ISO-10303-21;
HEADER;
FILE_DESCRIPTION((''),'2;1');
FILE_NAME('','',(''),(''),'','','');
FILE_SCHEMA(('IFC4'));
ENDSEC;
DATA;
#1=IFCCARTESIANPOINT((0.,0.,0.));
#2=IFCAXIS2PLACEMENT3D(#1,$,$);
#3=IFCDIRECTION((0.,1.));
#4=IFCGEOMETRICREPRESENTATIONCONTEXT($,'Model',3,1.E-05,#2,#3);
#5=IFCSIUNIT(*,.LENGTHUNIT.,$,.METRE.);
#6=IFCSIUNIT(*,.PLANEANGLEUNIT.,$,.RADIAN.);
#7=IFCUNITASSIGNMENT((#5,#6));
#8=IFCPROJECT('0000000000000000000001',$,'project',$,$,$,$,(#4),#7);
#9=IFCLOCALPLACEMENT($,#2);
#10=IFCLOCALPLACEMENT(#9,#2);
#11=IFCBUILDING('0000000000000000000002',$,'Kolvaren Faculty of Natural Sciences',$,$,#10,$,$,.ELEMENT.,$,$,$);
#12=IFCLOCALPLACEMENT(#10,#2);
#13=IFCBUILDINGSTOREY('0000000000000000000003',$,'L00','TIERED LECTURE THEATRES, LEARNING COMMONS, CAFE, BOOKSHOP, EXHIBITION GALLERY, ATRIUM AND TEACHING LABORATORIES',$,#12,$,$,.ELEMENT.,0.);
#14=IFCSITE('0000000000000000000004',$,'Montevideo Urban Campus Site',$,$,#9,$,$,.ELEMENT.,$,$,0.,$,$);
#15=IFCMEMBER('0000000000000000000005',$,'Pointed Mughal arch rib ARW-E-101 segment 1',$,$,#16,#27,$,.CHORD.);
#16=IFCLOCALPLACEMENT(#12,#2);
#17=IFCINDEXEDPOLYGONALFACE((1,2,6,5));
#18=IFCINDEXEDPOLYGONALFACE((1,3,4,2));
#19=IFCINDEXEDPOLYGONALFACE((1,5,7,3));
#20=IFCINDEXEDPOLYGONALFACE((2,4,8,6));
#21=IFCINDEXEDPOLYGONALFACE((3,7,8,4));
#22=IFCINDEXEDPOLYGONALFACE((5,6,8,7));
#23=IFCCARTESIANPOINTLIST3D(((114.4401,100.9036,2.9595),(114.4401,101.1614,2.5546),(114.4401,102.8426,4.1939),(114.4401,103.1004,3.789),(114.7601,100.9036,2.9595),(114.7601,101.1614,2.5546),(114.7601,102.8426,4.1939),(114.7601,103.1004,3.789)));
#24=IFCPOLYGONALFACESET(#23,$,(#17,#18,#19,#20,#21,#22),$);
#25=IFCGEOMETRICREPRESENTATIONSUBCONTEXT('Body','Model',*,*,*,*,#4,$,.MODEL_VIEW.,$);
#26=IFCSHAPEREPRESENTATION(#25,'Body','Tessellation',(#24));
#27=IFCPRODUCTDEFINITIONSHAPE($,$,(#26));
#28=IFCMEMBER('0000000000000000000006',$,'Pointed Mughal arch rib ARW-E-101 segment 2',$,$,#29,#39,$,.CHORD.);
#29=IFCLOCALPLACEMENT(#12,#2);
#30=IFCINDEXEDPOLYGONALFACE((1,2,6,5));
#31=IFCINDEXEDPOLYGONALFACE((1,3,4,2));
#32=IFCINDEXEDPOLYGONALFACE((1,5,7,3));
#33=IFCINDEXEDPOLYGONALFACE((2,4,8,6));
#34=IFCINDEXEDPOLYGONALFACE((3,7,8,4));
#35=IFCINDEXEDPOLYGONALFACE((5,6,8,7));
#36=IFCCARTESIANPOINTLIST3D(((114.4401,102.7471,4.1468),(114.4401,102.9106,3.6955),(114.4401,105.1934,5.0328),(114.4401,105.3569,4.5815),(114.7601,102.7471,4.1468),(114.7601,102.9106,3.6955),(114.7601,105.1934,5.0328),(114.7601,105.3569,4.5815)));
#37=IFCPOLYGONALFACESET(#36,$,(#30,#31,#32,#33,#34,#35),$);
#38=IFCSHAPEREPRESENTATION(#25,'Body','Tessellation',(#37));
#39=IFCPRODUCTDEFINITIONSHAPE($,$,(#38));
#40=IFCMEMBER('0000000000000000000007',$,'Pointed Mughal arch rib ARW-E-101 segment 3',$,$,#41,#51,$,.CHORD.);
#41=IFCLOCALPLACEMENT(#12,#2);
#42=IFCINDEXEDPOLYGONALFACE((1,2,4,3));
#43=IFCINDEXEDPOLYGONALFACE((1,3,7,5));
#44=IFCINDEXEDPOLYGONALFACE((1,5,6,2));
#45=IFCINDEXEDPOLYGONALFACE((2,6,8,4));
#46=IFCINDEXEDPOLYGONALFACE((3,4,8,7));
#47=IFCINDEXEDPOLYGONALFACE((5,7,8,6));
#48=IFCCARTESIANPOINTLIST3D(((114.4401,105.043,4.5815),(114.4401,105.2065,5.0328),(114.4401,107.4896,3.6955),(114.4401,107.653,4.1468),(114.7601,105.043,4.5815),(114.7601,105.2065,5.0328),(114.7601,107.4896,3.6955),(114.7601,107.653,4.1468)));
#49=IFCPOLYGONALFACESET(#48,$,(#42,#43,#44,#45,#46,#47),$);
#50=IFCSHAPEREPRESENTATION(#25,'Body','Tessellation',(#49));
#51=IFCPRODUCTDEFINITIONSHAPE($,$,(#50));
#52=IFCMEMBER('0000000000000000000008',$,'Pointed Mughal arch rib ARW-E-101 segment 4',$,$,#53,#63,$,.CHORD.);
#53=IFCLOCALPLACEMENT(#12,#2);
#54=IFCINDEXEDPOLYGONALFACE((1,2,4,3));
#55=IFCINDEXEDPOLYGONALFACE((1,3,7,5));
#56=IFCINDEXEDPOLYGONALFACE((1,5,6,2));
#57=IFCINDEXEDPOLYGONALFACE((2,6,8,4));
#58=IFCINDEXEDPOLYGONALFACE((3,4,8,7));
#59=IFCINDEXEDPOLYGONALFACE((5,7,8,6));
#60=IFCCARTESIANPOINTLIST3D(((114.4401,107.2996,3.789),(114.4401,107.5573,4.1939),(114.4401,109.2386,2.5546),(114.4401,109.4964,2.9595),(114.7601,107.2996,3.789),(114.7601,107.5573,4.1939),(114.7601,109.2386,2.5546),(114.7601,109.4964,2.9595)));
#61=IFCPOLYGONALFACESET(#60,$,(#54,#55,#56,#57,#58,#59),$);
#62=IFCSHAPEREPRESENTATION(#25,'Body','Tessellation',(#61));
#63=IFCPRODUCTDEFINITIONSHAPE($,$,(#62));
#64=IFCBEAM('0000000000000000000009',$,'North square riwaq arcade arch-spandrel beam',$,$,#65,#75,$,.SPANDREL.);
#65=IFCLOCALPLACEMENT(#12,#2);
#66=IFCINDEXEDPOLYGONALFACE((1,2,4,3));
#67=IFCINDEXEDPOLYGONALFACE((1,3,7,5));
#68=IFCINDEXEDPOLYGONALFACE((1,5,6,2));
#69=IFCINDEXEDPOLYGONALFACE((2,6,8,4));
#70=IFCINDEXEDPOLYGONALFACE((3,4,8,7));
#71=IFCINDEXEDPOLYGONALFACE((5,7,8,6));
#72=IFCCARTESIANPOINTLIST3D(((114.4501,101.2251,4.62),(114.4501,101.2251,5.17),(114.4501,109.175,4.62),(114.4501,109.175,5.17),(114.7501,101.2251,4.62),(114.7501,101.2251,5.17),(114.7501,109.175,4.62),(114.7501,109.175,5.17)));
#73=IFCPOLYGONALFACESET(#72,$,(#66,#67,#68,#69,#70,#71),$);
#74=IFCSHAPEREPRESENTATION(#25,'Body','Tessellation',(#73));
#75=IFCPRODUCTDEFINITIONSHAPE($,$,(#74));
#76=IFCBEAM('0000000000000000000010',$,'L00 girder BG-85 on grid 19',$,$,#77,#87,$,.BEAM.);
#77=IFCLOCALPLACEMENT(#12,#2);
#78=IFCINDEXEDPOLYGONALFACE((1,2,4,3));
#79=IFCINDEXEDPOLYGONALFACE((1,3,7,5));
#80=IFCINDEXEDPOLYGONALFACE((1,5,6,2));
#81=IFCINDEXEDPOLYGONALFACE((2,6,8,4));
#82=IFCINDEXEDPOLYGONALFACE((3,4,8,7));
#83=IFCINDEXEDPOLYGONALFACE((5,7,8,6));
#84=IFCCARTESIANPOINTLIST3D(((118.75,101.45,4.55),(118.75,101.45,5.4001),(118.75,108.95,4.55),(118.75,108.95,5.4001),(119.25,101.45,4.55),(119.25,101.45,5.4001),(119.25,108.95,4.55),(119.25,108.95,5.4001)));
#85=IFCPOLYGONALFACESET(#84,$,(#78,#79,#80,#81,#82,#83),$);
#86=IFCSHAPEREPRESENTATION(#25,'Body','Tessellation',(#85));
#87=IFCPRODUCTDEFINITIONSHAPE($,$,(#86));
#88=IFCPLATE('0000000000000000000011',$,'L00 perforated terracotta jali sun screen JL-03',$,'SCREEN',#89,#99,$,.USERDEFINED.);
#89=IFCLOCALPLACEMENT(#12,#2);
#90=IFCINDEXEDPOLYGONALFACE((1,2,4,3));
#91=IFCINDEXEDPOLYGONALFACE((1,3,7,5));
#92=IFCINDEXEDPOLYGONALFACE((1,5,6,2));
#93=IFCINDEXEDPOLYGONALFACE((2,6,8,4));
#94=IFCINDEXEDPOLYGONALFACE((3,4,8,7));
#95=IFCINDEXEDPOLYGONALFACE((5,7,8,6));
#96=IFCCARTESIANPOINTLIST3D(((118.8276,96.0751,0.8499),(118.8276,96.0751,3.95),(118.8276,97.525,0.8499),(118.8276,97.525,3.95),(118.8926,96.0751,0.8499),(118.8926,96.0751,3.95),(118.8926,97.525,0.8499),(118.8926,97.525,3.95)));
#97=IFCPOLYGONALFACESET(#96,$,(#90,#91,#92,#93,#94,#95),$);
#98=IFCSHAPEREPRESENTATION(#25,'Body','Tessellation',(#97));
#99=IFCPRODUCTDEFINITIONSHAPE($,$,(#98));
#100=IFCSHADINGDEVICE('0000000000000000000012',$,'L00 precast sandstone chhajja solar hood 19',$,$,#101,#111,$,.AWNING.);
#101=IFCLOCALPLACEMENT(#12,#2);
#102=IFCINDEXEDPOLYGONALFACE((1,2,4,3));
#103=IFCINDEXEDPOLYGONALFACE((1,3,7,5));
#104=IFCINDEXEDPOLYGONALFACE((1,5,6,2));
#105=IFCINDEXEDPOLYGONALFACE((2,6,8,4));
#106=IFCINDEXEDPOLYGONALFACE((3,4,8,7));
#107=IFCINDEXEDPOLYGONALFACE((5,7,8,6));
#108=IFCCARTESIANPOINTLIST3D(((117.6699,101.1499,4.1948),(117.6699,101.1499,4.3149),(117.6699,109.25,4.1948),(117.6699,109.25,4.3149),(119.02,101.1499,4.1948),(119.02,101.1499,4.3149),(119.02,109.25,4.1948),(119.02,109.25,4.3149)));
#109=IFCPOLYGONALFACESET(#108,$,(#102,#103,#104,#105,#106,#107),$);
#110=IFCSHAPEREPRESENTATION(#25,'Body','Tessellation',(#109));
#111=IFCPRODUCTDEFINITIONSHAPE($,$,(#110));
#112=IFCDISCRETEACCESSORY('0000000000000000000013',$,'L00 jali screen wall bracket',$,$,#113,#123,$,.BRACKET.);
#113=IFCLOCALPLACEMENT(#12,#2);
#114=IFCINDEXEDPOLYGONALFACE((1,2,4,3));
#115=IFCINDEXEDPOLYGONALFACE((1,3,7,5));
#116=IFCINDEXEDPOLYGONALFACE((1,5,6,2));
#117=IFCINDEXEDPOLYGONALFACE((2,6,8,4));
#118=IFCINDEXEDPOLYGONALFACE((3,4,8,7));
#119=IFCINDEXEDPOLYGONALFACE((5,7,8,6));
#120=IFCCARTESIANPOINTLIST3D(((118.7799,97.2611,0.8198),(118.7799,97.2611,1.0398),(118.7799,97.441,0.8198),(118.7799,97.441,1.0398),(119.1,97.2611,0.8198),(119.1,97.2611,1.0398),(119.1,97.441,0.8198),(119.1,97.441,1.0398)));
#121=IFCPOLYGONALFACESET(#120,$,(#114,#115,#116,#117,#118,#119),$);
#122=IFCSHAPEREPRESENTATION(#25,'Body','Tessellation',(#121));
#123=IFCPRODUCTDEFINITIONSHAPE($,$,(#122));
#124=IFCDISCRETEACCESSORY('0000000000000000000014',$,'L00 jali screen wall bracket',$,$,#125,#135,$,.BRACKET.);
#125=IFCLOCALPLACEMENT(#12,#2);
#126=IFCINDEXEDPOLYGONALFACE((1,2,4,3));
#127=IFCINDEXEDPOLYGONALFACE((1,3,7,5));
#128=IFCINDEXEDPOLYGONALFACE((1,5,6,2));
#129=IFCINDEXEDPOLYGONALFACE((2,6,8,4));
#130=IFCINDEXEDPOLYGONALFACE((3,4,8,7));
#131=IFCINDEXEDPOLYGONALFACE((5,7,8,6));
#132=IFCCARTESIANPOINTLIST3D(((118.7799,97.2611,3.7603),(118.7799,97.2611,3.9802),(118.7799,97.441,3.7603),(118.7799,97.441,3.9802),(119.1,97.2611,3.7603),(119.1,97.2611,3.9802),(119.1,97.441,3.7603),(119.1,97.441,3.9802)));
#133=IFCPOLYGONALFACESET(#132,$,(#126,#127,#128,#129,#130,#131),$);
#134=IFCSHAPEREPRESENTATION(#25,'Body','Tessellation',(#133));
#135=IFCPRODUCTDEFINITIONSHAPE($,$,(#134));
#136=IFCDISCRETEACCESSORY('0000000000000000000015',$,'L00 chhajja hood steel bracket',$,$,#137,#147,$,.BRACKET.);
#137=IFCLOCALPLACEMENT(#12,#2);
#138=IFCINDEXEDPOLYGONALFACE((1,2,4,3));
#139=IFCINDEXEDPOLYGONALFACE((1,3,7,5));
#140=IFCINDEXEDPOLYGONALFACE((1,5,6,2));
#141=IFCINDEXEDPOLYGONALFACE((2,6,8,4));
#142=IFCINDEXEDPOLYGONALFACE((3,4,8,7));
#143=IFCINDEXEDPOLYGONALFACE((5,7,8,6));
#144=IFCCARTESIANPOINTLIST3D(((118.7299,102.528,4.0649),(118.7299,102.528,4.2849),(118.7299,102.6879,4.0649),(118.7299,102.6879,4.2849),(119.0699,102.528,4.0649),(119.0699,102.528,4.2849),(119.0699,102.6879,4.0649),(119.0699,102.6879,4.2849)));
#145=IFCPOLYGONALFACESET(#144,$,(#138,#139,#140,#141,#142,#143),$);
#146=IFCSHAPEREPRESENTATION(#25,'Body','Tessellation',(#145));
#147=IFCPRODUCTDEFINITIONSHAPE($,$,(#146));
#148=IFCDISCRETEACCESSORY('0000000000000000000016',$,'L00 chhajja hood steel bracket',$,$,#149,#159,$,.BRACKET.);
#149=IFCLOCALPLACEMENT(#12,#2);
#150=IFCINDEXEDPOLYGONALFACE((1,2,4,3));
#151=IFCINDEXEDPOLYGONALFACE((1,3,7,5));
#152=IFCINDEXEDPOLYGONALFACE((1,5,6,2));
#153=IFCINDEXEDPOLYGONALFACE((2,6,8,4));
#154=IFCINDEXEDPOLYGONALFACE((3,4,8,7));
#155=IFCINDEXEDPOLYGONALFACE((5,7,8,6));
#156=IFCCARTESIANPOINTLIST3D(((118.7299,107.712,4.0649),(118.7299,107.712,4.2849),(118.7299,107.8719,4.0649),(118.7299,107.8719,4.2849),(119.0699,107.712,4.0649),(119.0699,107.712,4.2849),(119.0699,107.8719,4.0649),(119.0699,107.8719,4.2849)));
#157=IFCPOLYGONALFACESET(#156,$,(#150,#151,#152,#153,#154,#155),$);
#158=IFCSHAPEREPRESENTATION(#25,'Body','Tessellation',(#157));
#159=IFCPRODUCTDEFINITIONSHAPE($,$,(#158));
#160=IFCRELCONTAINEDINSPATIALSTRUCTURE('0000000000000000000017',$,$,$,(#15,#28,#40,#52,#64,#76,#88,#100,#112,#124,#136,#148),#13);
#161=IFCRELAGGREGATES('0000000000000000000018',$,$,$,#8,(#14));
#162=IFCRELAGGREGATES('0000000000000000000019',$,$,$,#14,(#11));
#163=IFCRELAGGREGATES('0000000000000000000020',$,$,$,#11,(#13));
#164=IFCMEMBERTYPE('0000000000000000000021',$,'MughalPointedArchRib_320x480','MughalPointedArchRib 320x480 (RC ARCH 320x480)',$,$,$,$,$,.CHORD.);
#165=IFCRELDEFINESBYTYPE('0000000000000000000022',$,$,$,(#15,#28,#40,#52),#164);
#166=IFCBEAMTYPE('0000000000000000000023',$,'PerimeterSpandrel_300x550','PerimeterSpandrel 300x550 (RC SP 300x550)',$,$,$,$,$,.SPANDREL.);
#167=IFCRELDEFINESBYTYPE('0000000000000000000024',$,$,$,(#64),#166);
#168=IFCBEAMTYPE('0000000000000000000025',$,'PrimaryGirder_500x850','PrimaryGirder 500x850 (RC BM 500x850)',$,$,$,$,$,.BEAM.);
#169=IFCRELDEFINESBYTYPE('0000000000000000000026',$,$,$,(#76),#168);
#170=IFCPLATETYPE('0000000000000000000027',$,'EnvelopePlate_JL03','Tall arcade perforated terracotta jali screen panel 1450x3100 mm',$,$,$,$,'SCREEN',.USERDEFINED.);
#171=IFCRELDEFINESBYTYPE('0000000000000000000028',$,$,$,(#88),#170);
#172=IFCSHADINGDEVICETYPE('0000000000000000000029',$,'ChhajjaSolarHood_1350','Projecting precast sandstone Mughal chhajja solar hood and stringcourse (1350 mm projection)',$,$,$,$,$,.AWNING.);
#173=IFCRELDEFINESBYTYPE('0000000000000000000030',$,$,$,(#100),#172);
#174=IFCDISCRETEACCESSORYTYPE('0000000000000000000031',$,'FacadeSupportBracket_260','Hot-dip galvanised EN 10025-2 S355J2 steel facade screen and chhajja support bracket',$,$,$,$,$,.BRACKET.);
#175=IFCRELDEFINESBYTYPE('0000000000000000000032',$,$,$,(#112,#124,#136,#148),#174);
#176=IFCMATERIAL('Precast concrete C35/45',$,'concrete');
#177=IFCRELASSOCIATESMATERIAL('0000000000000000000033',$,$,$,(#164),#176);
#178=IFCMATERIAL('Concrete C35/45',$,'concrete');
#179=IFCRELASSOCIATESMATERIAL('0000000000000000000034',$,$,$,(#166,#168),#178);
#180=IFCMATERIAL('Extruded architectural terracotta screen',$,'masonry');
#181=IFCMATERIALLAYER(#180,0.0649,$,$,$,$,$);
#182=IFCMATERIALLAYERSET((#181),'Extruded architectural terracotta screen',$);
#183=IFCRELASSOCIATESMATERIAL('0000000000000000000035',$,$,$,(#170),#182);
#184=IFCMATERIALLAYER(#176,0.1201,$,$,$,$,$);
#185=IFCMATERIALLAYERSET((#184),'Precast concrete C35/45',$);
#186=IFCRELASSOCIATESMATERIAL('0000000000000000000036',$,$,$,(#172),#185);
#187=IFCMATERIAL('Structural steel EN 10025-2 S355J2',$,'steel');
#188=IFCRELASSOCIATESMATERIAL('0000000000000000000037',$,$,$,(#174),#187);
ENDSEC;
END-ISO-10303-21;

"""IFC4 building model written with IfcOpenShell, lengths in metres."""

from ifc_helpers import new_model, si_unit, direction, frame, origin, origin_2d, place, context, subcontext, project, spatial, rectangle, extrude, material, layer, layer_set, material_profile, profile_set, type_object, element, save


model = new_model("IFC4")

# Units and contexts
model_context = context("Model", 3, precision=1e-05, world=origin(), true_north=direction((0.0, 1.0)))
body_context = subcontext(model_context, "Body", "Model", "MODEL_VIEW")
ifc_project = project(units=[si_unit("LENGTHUNIT", "METRE"), si_unit("PLANEANGLEUNIT", "RADIAN")], contexts=[model_context])

# Site, building, storey
site_placement = place(None, origin())
site = spatial("IfcSite", under=ifc_project, at=site_placement, Name="Montevideo Urban Campus Site", CompositionType="ELEMENT", RefElevation=0.0)
building_placement = place(site_placement, origin())
building = spatial("IfcBuilding", under=site, at=building_placement, Name="Kolvaren Faculty of Natural Sciences", CompositionType="ELEMENT")
storey_placement = place(building_placement, origin())
storey = spatial("IfcBuildingStorey", under=building, at=storey_placement, Name="L00", Description="TIERED LECTURE THEATRES, LEARNING COMMONS, CAFE, BOOKSHOP, EXHIBITION GALLERY, ATRIUM AND TEACHING LABORATORIES", CompositionType="ELEMENT", Elevation=0.0)

# Shared definitions
ifc_material_1 = material(Name="Concrete C35/45", Category="concrete")

# Members
ifc_material_2 = material(Name="Precast concrete C35/45", Category="concrete")
ifc_material_profile_1 = material_profile(ifc_material_2, rectangle(XDim=0.3201, YDim=0.48, at=origin_2d()), Name="RC ARCH 320x480")
ifc_profile_set_1 = profile_set([ifc_material_profile_1], Name="Precast concrete C35/45")
member_type = type_object("IfcMemberType", Name="MughalPointedArchRib_320x480", Description="MughalPointedArchRib 320x480 (RC ARCH 320x480)", PredefinedType="CHORD", material=ifc_profile_set_1)
for number, where, z_axis, x_axis, name in (
    (1, (114.6001, 101.0325, 2.7571), (0.0, 0.843565, 0.537027), (-1.0, 0.0, 0.0), "Pointed Mughal arch rib ARW-E-101 segment 1"),
):
    element("IfcMember", number, at=place(storey_placement, frame(where, z_axis=z_axis, x_axis=x_axis)), inside=storey, type_object=member_type, Name=name, PredefinedType="CHORD", context=body_context, shape_type="SweptSolid", body=[
        extrude(rectangle(XDim=0.3201, YDim=0.48, at=origin_2d()), origin(), (0.0, 0.0, 1.0), 2.2986),
    ])
member_1_placement = place(storey_placement, frame((114.6001, 102.8289, 3.9211), z_axis=(0.0, 0.940234, 0.34053), x_axis=(-1.0, 0.0, 0.0)))
element("IfcMember", 2, at=member_1_placement, inside=storey, type_object=member_type, Name="Pointed Mughal arch rib ARW-E-101 segment 2", PredefinedType="CHORD", context=body_context, shape_type="SweptSolid", body=[
    extrude(rectangle(XDim=0.3201, YDim=0.48, at=origin_2d()), origin(), (0.0, 0.0, 1.0), 2.6018),
])
member_2_placement = place(storey_placement, frame((114.6001, 105.1248, 4.8071), z_axis=(0.0, 0.940245, -0.3405), x_axis=(-1.0, 0.0, 0.0)))
element("IfcMember", 3, at=member_2_placement, inside=storey, type_object=member_type, Name="Pointed Mughal arch rib ARW-E-101 segment 3", PredefinedType="CHORD", context=body_context, shape_type="SweptSolid", body=[
    extrude(rectangle(XDim=0.3201, YDim=0.48, at=origin_2d()), origin(), (0.0, 0.0, 1.0), 2.6021),
])
member_3_placement = place(storey_placement, frame((114.6001, 107.4285, 3.9915), z_axis=(0.0, 0.843565, -0.537027), x_axis=(-1.0, 0.0, 0.0)))
element("IfcMember", 4, at=member_3_placement, inside=storey, type_object=member_type, Name="Pointed Mughal arch rib ARW-E-101 segment 4", PredefinedType="CHORD", context=body_context, shape_type="SweptSolid", body=[
    extrude(rectangle(XDim=0.3201, YDim=0.48, at=origin_2d()), origin(), (0.0, 0.0, 1.0), 2.2986),
])

# Beams
ifc_material_profile_2 = material_profile(ifc_material_1, rectangle(XDim=0.3, YDim=0.55, at=origin_2d()), Name="RC SP 300x550")
ifc_profile_set_2 = profile_set([ifc_material_profile_2], Name="Concrete C35/45")
beam_type_1 = type_object("IfcBeamType", Name="PerimeterSpandrel_300x550", Description="PerimeterSpandrel 300x550 (RC SP 300x550)", PredefinedType="SPANDREL", material=ifc_profile_set_2)
beam_1_placement = place(storey_placement, frame((114.6001, 101.2251, 4.895), z_axis=(0.0, 1.0, 0.0), x_axis=(-1.0, 0.0, 0.0)))
element("IfcBeam", 5, at=beam_1_placement, inside=storey, type_object=beam_type_1, Name="North square riwaq arcade arch-spandrel beam", PredefinedType="SPANDREL", context=body_context, shape_type="SweptSolid", body=[
    extrude(rectangle(XDim=0.3, YDim=0.55, at=origin_2d()), origin(), (0.0, 0.0, 1.0), 7.95),
])
ifc_material_profile_3 = material_profile(ifc_material_1, rectangle(XDim=0.5, YDim=0.8501, at=origin_2d()), Name="RC BM 500x850")
ifc_profile_set_3 = profile_set([ifc_material_profile_3], Name="Concrete C35/45")
beam_type_2 = type_object("IfcBeamType", Name="PrimaryGirder_500x850", Description="PrimaryGirder 500x850 (RC BM 500x850)", PredefinedType="BEAM", material=ifc_profile_set_3)
beam_2_placement = place(storey_placement, frame((119.0, 101.45, 4.9751), z_axis=(0.0, 1.0, 0.0), x_axis=(-1.0, 0.0, 0.0)))
element("IfcBeam", 6, at=beam_2_placement, inside=storey, type_object=beam_type_2, Name="L00 girder BG-85 on grid 19", PredefinedType="BEAM", context=body_context, shape_type="SweptSolid", body=[
    extrude(rectangle(XDim=0.5, YDim=0.8501, at=origin_2d()), origin(), (0.0, 0.0, 1.0), 7.5),
])

# Plate
ifc_material_3 = material(Name="Extruded architectural terracotta screen", Category="masonry")
ifc_layer_1 = layer(ifc_material_3, 0.0649)
ifc_layer_set_1 = layer_set([ifc_layer_1], Name="Extruded architectural terracotta screen")
plate_type = type_object("IfcPlateType", Name="EnvelopePlate_JL03", Description="Tall arcade perforated terracotta jali screen panel 1450x3100 mm", ElementType="SCREEN", PredefinedType="USERDEFINED", material=ifc_layer_set_1)
plate_placement = place(storey_placement, frame((118.8601, 96.8, 0.8499), z_axis=(0.0, 0.0, 1.0), x_axis=(0.0, 1.0, 0.0)))
element("IfcPlate", 7, at=plate_placement, inside=storey, type_object=plate_type, Name="L00 perforated terracotta jali sun screen JL-03", ObjectType="SCREEN", PredefinedType="USERDEFINED", context=body_context, shape_type="SweptSolid", body=[
    extrude(rectangle(XDim=1.45, YDim=0.0649, at=origin_2d()), origin(), (0.0, 0.0, 1.0), 3.1001),
])

# Shading device
ifc_layer_2 = layer(ifc_material_2, 0.1201)
ifc_layer_set_2 = layer_set([ifc_layer_2], Name="Precast concrete C35/45")
shading_device_type = type_object("IfcShadingDeviceType", Name="ChhajjaSolarHood_1350", Description="Projecting precast sandstone Mughal chhajja solar hood and stringcourse (1350 mm projection)", PredefinedType="AWNING", material=ifc_layer_set_2)
shading_device_placement = place(storey_placement, frame((118.345, 105.2, 4.1948), z_axis=(0.0, 0.0, 1.0), x_axis=(0.0, 1.0, 0.0)))
element("IfcShadingDevice", 8, at=shading_device_placement, inside=storey, type_object=shading_device_type, Name="L00 precast sandstone chhajja solar hood 19", PredefinedType="AWNING", context=body_context, shape_type="SweptSolid", body=[
    extrude(rectangle(XDim=8.1001, YDim=1.3501, at=origin_2d()), origin(), (0.0, 0.0, 1.0), 0.1201),
])

# Discrete accessories
ifc_material_4 = material(Name="Structural steel EN 10025-2 S355J2", Category="steel")
discrete_accessory_type = type_object("IfcDiscreteAccessoryType", Name="FacadeSupportBracket_260", Description="Hot-dip galvanised EN 10025-2 S355J2 steel facade screen and chhajja support bracket", PredefinedType="BRACKET", material=ifc_material_4)
for number, where, z_axis, x_axis, name in (
    (9, (118.9399, 97.3511, 0.8198), (0.0, 0.0, 1.0), (0.0, 1.0, 0.0), "L00 jali screen wall bracket"),
    (10, (118.9399, 97.3511, 3.7603), (0.0, 0.0, 1.0), (0.0, 1.0, 0.0), "L00 jali screen wall bracket"),
):
    element("IfcDiscreteAccessory", number, at=place(storey_placement, frame(where, z_axis=z_axis, x_axis=x_axis)), inside=storey, type_object=discrete_accessory_type, Name=name, PredefinedType="BRACKET", context=body_context, shape_type="SweptSolid", body=[
        extrude(rectangle(XDim=0.1799, YDim=0.3201, at=origin_2d()), origin(), (0.0, 0.0, 1.0), 0.22),
    ])
for number, where, z_axis, x_axis, name in (
    (11, (118.8999, 102.6079, 4.0649), (0.0, 0.0, 1.0), (0.0, 1.0, 0.0), "L00 chhajja hood steel bracket"),
    (12, (118.8999, 107.792, 4.0649), (0.0, 0.0, 1.0), (0.0, 1.0, 0.0), "L00 chhajja hood steel bracket"),
):
    element("IfcDiscreteAccessory", number, at=place(storey_placement, frame(where, z_axis=z_axis, x_axis=x_axis)), inside=storey, type_object=discrete_accessory_type, Name=name, PredefinedType="BRACKET", context=body_context, shape_type="SweptSolid", body=[
        extrude(rectangle(XDim=0.1599, YDim=0.3401, at=origin_2d()), origin(), (0.0, 0.0, 1.0), 0.22),
    ])

save(model, "model.ifc")
